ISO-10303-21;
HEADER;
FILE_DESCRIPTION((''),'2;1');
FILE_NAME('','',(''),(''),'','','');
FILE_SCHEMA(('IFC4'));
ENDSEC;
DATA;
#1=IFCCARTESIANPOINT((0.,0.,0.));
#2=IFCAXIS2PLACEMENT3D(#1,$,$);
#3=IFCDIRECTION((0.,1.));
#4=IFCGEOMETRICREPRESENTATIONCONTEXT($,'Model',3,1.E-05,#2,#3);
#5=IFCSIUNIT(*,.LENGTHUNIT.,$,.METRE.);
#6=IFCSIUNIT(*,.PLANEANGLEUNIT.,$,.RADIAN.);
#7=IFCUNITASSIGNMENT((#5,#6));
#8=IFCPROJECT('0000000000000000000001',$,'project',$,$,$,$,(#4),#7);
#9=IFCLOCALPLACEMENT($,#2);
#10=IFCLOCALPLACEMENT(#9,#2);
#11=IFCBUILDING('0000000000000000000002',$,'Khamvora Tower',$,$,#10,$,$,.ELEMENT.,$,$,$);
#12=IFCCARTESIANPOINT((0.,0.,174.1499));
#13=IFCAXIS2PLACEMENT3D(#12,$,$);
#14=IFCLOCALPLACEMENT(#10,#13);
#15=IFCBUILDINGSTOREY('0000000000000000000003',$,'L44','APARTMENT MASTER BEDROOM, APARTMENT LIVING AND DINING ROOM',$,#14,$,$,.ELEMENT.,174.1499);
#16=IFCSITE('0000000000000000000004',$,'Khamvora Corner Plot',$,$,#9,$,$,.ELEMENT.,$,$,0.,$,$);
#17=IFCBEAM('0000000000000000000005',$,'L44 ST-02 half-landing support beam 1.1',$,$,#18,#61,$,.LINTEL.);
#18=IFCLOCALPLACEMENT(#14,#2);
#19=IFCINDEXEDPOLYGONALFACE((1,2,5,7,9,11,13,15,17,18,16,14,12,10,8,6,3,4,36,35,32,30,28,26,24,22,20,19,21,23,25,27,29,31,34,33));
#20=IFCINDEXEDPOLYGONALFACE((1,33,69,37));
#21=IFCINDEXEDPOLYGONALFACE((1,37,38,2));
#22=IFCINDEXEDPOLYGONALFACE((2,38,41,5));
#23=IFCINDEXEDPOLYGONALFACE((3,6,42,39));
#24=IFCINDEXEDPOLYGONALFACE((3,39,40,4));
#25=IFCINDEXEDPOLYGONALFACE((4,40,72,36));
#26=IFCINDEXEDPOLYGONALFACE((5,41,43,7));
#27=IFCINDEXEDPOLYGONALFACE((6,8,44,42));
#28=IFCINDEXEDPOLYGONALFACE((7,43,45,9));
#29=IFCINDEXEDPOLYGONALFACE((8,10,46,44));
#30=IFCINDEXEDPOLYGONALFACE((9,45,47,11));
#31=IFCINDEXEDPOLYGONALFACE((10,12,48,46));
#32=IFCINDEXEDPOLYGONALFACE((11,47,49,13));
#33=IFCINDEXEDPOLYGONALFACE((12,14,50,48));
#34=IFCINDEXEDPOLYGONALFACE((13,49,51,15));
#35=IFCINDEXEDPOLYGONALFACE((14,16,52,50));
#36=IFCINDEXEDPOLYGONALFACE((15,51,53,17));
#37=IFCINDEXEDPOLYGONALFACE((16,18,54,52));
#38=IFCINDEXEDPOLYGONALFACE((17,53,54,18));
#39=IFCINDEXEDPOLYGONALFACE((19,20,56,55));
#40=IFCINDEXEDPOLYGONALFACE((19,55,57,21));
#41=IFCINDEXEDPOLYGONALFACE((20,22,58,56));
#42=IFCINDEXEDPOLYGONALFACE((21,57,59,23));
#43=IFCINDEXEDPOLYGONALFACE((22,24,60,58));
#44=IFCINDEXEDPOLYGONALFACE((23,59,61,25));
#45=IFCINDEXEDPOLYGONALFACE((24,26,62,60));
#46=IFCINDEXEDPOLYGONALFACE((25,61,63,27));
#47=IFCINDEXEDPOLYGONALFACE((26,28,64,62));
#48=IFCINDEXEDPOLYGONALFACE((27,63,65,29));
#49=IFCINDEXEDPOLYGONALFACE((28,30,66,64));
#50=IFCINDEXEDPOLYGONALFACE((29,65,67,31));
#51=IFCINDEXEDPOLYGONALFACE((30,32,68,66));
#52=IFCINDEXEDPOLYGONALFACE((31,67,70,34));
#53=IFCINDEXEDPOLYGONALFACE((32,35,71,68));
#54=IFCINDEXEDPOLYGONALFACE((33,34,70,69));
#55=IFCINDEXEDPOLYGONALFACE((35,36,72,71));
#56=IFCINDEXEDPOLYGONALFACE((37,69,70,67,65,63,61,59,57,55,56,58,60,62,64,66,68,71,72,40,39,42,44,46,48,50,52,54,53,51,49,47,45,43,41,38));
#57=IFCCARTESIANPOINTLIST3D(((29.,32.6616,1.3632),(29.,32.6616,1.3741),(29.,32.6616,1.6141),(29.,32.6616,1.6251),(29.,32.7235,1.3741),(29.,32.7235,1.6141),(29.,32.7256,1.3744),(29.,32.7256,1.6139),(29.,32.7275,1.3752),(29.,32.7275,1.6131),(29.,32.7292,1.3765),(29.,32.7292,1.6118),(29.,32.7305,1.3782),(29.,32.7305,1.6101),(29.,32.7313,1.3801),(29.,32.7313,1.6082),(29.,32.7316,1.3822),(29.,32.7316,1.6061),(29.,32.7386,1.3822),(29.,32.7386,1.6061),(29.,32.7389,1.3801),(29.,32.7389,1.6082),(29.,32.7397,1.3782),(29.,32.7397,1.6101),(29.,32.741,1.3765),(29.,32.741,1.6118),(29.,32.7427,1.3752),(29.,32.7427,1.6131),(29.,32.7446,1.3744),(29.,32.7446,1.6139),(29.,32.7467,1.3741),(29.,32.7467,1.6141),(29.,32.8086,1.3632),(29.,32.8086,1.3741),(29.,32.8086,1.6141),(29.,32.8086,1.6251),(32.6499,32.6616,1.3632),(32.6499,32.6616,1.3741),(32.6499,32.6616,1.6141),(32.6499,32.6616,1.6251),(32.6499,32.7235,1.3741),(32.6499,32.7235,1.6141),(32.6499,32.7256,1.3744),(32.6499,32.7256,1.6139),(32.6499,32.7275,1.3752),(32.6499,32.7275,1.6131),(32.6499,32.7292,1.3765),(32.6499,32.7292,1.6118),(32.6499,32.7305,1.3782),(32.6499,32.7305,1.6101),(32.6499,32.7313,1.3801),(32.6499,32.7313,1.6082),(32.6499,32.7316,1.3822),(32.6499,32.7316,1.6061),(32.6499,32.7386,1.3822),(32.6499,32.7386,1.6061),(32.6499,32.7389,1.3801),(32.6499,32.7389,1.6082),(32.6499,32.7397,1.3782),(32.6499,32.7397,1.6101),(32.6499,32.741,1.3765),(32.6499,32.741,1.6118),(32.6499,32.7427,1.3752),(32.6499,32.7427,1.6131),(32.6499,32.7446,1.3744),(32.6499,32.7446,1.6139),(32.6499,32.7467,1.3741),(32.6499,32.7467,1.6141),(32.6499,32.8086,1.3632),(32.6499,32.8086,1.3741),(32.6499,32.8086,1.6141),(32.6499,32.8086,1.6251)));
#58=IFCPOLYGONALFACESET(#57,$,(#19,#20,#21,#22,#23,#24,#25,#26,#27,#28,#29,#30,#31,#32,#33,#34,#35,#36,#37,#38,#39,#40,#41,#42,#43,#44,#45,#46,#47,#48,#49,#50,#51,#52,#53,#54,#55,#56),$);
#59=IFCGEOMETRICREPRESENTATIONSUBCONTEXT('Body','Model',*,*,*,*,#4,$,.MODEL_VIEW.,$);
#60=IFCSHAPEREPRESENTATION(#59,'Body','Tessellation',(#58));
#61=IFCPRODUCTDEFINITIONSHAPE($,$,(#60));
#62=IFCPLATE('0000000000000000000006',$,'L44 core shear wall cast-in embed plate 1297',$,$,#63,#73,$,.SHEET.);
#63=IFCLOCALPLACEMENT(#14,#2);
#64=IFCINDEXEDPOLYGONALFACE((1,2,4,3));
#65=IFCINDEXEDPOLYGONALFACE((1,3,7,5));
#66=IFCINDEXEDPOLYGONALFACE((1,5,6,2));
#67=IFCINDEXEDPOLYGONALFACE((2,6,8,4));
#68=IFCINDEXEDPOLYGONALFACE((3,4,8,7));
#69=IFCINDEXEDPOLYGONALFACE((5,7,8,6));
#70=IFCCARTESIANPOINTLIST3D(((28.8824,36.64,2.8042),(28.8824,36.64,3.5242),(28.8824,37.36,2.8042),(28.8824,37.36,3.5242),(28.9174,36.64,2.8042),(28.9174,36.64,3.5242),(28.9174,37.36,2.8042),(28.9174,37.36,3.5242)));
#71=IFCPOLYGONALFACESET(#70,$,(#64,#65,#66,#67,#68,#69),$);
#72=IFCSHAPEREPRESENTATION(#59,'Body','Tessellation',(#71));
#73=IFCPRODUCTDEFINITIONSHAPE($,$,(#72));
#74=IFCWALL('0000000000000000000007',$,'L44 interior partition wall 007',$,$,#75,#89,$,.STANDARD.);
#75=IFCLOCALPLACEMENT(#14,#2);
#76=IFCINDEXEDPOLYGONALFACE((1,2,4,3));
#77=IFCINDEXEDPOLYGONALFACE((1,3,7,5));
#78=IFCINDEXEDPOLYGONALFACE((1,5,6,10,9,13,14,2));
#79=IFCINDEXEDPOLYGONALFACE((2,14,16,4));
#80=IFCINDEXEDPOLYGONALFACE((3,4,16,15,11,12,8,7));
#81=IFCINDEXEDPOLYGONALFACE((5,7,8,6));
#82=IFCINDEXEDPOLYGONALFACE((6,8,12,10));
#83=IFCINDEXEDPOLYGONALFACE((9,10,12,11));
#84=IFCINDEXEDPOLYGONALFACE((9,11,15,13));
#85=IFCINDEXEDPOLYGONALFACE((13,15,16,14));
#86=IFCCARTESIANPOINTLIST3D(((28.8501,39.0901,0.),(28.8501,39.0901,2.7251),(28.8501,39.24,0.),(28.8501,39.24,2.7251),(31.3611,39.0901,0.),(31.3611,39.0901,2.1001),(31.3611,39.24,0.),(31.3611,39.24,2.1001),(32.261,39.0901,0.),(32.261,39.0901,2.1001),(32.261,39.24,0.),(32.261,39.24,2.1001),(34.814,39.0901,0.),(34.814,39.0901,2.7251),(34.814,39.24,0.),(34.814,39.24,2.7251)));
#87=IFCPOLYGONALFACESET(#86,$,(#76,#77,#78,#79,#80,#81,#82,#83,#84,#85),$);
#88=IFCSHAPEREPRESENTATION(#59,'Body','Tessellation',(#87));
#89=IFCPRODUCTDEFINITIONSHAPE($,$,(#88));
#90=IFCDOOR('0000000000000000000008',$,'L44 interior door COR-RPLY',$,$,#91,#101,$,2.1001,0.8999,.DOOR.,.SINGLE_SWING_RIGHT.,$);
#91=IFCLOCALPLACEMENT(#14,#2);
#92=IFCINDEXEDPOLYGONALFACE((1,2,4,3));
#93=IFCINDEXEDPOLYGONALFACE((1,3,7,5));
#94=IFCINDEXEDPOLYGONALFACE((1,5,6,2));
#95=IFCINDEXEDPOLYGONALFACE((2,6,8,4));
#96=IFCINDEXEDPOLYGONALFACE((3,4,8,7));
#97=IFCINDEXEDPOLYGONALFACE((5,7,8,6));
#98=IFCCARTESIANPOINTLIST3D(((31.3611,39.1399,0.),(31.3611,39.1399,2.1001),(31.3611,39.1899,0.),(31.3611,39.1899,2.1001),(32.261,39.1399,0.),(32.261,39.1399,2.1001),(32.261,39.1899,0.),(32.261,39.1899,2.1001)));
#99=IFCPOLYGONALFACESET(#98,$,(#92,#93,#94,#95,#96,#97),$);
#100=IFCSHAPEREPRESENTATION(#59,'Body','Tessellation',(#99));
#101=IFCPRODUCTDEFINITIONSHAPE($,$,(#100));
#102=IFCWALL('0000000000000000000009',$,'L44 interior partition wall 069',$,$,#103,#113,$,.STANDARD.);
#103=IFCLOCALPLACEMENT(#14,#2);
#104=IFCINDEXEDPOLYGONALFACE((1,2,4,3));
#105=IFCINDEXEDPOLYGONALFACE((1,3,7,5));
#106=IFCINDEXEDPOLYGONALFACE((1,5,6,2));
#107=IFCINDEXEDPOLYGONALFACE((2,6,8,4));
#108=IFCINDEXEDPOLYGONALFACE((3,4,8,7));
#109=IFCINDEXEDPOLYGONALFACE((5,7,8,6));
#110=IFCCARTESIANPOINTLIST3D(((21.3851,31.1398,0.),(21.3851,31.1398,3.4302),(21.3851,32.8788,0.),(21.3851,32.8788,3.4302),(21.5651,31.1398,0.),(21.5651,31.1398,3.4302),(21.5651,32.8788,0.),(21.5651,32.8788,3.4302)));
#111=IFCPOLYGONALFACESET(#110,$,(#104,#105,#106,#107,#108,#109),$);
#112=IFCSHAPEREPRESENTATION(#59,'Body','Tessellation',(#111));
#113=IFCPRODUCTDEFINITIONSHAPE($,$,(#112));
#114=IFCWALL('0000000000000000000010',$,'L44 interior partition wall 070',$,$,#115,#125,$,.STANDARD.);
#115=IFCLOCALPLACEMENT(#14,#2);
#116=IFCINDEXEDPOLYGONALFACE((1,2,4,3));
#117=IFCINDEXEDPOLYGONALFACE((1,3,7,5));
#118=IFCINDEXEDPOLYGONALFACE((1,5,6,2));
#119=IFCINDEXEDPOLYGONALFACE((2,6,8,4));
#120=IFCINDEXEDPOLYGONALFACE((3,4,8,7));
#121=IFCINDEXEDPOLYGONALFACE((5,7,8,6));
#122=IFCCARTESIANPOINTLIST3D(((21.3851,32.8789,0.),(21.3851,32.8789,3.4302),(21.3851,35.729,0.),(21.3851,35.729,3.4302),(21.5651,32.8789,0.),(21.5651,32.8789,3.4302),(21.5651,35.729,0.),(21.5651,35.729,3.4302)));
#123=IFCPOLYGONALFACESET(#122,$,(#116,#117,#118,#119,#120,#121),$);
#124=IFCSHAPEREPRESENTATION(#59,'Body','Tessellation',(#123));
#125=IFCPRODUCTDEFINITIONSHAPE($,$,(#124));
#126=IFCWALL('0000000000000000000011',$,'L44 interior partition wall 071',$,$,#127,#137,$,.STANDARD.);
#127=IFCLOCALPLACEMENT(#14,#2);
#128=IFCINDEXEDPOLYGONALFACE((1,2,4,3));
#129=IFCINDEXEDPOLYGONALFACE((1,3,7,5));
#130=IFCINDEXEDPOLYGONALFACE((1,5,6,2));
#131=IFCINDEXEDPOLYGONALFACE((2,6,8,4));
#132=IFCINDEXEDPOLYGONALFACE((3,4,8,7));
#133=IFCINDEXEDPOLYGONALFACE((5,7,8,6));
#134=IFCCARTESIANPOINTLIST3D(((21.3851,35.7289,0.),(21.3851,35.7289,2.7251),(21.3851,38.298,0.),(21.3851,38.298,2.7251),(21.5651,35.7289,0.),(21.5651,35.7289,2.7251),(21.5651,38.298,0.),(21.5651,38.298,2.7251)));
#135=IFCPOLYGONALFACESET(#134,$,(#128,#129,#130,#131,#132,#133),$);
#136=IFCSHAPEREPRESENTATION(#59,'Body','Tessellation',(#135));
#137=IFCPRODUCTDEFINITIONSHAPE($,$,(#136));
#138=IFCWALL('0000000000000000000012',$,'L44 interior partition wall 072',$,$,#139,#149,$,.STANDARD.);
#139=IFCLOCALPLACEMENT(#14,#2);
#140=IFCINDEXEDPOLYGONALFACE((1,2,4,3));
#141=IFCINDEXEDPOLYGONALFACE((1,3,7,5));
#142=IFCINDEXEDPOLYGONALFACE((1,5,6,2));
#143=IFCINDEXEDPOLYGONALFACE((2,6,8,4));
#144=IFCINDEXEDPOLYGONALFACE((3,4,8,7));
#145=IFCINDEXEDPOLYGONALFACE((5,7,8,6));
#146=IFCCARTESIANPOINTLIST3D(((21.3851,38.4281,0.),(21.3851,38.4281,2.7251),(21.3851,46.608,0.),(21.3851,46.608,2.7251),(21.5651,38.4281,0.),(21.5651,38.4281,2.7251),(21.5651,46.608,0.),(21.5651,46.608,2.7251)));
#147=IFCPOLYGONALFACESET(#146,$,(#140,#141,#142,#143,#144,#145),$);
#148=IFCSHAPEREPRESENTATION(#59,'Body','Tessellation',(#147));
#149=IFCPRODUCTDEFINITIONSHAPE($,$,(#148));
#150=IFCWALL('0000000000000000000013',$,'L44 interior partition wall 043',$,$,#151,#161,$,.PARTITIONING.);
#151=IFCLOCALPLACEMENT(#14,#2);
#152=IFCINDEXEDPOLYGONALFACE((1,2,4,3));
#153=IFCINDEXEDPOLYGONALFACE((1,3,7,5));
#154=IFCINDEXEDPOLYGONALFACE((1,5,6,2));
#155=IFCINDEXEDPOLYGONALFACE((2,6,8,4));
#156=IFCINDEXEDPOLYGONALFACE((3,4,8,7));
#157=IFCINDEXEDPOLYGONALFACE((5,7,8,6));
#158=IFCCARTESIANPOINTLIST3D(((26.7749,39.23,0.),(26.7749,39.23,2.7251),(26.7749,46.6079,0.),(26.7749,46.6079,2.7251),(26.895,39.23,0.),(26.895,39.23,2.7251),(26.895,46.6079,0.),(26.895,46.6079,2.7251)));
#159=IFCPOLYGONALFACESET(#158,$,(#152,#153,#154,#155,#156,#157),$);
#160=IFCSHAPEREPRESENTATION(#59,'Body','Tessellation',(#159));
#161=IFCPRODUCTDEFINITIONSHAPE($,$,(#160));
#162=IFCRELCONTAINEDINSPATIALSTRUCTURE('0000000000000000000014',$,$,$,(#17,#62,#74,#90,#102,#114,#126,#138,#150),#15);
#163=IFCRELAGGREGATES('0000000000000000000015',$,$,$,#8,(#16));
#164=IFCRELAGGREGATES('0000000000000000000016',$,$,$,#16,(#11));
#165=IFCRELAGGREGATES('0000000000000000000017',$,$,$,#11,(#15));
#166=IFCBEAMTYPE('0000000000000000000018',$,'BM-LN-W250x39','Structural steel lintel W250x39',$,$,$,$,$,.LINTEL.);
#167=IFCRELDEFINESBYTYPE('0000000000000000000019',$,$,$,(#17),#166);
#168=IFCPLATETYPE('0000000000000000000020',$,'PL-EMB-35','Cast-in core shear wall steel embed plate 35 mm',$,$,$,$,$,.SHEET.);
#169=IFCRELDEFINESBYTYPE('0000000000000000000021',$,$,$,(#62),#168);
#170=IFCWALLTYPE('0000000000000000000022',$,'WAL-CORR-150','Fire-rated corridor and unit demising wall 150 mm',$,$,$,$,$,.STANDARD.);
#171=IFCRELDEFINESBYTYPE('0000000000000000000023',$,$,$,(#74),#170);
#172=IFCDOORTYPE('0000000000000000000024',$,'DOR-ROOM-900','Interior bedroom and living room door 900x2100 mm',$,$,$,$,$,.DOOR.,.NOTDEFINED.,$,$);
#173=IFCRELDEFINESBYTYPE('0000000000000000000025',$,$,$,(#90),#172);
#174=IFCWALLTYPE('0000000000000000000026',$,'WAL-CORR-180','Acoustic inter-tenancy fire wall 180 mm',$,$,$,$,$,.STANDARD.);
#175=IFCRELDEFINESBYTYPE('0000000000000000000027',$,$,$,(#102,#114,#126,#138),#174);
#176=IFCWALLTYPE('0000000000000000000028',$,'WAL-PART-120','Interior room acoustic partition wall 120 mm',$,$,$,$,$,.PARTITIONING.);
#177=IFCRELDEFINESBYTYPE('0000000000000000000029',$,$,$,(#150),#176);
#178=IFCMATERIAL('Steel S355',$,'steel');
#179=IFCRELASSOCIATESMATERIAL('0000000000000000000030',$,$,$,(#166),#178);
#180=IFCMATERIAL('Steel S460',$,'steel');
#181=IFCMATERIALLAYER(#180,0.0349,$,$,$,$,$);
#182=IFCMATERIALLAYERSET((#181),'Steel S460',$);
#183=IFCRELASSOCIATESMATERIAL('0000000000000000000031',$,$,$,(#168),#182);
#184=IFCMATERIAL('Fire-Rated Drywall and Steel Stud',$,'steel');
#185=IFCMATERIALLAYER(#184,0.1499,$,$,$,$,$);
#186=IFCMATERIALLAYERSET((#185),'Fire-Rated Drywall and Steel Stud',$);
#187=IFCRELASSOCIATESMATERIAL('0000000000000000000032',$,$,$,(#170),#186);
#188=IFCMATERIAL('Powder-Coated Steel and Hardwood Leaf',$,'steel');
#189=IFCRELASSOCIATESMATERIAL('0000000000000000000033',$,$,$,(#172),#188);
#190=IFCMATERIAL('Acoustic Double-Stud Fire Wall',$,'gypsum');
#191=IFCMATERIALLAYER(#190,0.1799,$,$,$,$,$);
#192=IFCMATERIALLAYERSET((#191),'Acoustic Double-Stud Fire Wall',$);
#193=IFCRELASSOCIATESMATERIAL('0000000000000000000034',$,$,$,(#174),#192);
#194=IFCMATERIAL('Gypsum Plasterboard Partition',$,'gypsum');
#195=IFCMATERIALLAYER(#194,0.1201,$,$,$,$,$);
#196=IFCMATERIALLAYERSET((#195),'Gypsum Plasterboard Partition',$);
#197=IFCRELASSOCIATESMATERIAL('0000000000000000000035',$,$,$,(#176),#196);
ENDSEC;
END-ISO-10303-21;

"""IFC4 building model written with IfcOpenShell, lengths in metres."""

from ifc_helpers import new_model, si_unit, direction, frame, frame_2d, origin, origin_2d, place, context, subcontext, project, spatial, rectangle, i_section, extrude, material, layer, layer_set, material_profile, profile_set, type_object, element, fill, save


model = new_model("IFC4")

# Units and contexts
model_context = context("Model", 3, precision=1e-05, world=origin(), true_north=direction((0.0, 1.0)))
body_context = subcontext(model_context, "Body", "Model", "MODEL_VIEW")
ifc_project = project(units=[si_unit("LENGTHUNIT", "METRE"), si_unit("PLANEANGLEUNIT", "RADIAN")], contexts=[model_context])

# Site, building, storey
site_placement = place(None, origin())
site = spatial("IfcSite", under=ifc_project, at=site_placement, Name="Khamvora Corner Plot", CompositionType="ELEMENT", RefElevation=0.0)
building_placement = place(site_placement, origin())
building = spatial("IfcBuilding", under=site, at=building_placement, Name="Khamvora Tower", CompositionType="ELEMENT")
storey_placement = place(building_placement, frame((0.0, 0.0, 174.1499)))
storey = spatial("IfcBuildingStorey", under=building, at=storey_placement, Name="L44", Description="APARTMENT MASTER BEDROOM, APARTMENT LIVING AND DINING ROOM", CompositionType="ELEMENT", Elevation=174.1499)

# Beam
ifc_material_1 = material(Name="Steel S355", Category="steel")
ifc_material_profile = material_profile(ifc_material_1, i_section(OverallWidth=0.147, OverallDepth=0.262, WebThickness=0.0071, FlangeThickness=0.011, FilletRadius=0.0081, at=origin_2d()), Name="W250x39")
ifc_profile_set = profile_set([ifc_material_profile], Name="Steel S355")
beam_type = type_object("IfcBeamType", Name="BM-LN-W250x39", Description="Structural steel lintel W250x39", PredefinedType="LINTEL", material=ifc_profile_set)
beam_placement = place(storey_placement, frame((29.0, 32.7351, 1.4941), z_axis=(1.0, 0.0, 0.0), x_axis=(0.0, 1.0, 0.0)))
element("IfcBeam", 1, at=beam_placement, inside=storey, type_object=beam_type, Name="L44 ST-02 half-landing support beam 1.1", PredefinedType="LINTEL", context=body_context, shape_type="SweptSolid", body=[
    extrude(i_section(OverallWidth=0.147, OverallDepth=0.262, WebThickness=0.0071, FlangeThickness=0.011, FilletRadius=0.0081, at=origin_2d()), origin(), (0.0, 0.0, 1.0), 3.6499),
])

# Plate
ifc_material_2 = material(Name="Steel S460", Category="steel")
ifc_layer_1 = layer(ifc_material_2, 0.0349)
ifc_layer_set_1 = layer_set([ifc_layer_1], Name="Steel S460")
plate_type = type_object("IfcPlateType", Name="PL-EMB-35", Description="Cast-in core shear wall steel embed plate 35 mm", PredefinedType="SHEET", material=ifc_layer_set_1)
plate_placement = place(storey_placement, frame((28.8999, 37.0, 2.8042), z_axis=(0.0, 0.0, 1.0), x_axis=(1.0, 0.0, 0.0)))
element("IfcPlate", 2, at=plate_placement, inside=storey, type_object=plate_type, Name="L44 core shear wall cast-in embed plate 1297", PredefinedType="SHEET", context=body_context, shape_type="SweptSolid", body=[
    extrude(rectangle(XDim=0.0349, YDim=0.72, at=origin_2d()), origin(), (0.0, 0.0, 1.0), 0.72),
])

# Wall, opening, door
ifc_material_3 = material(Name="Fire-Rated Drywall and Steel Stud", Category="steel")
ifc_layer_2 = layer(ifc_material_3, 0.1499)
ifc_layer_set_2 = layer_set([ifc_layer_2], Name="Fire-Rated Drywall and Steel Stud")
wall_type_1 = type_object("IfcWallType", Name="WAL-CORR-150", Description="Fire-rated corridor and unit demising wall 150 mm", PredefinedType="STANDARD", material=ifc_layer_set_2)
wall_1_placement = place(storey_placement, frame((28.8501, 39.165, 0.0), z_axis=(0.0, 0.0, 1.0), x_axis=(1.0, 0.0, 0.0)))
wall_1 = element("IfcWall", 3, at=wall_1_placement, inside=storey, type_object=wall_type_1, Name="L44 interior partition wall 007", PredefinedType="STANDARD", context=body_context, shape_type="SweptSolid", body=[
    extrude(rectangle(XDim=5.9639, YDim=0.1499, at=frame_2d((2.9819, 0.0))), origin(), (0.0, 0.0, 1.0), 2.7251),
])
opening_1_placement = place(wall_1_placement, frame((2.511, 0.0, 0.0)))
opening_1 = element("IfcOpeningElement", 4, at=opening_1_placement, cuts=wall_1, PredefinedType="OPENING", context=body_context, shape_type="SweptSolid", body=[
    extrude(rectangle(XDim=0.8999, YDim=2.1001, at=frame_2d((0.45, 1.05))), frame((0.0, 0.085, 0.0), z_axis=(0.0, -1.0, 0.0), x_axis=(1.0, 0.0, 0.0)), (0.0, 0.0, 1.0), 0.1699),
])
ifc_material_4 = material(Name="Powder-Coated Steel and Hardwood Leaf", Category="steel")
door_type_1 = type_object("IfcDoorType", Name="DOR-ROOM-900", Description="Interior bedroom and living room door 900x2100 mm", OperationType="NOTDEFINED", PredefinedType="DOOR", material=ifc_material_4)
door_1_placement = place(opening_1_placement, origin())
door_1 = element("IfcDoor", 5, at=door_1_placement, inside=storey, type_object=door_type_1, Name="L44 interior door COR-RPLY", OperationType="SINGLE_SWING_RIGHT", OverallHeight=2.1001, OverallWidth=0.8999, PredefinedType="DOOR", context=body_context, shape_type="SweptSolid", body=[
    extrude(rectangle(XDim=0.8999, YDim=2.1001, at=frame_2d((0.45, 1.05))), frame((0.0, 0.0249, 0.0), z_axis=(0.0, -1.0, 0.0), x_axis=(1.0, 0.0, 0.0)), (0.0, 0.0, 1.0), 0.05),
])
fill(opening_1, door_1)

# Walls
ifc_material_5 = material(Name="Acoustic Double-Stud Fire Wall", Category="gypsum")
ifc_layer_3 = layer(ifc_material_5, 0.1799)
ifc_layer_set_3 = layer_set([ifc_layer_3], Name="Acoustic Double-Stud Fire Wall")
wall_type_2 = type_object("IfcWallType", Name="WAL-CORR-180", Description="Acoustic inter-tenancy fire wall 180 mm", PredefinedType="STANDARD", material=ifc_layer_set_3)
wall_2_placement = place(storey_placement, frame((21.4751, 32.8789, 0.0), z_axis=(0.0, 0.0, 1.0), x_axis=(0.0, -1.0, 0.0)))
element("IfcWall", 6, at=wall_2_placement, inside=storey, type_object=wall_type_2, Name="L44 interior partition wall 069", PredefinedType="STANDARD", context=body_context, shape_type="SweptSolid", body=[
    extrude(rectangle(XDim=1.739, YDim=0.1799, at=frame_2d((0.8696, 0.0))), origin(), (0.0, 0.0, 1.0), 3.4302),
])
wall_3_placement = place(storey_placement, frame((21.4751, 35.729, 0.0), z_axis=(0.0, 0.0, 1.0), x_axis=(0.0, -1.0, 0.0)))
element("IfcWall", 7, at=wall_3_placement, inside=storey, type_object=wall_type_2, Name="L44 interior partition wall 070", PredefinedType="STANDARD", context=body_context, shape_type="SweptSolid", body=[
    extrude(rectangle(XDim=2.8501, YDim=0.1799, at=frame_2d((1.425, 0.0))), origin(), (0.0, 0.0, 1.0), 3.4302),
])
wall_4_placement = place(storey_placement, frame((21.4751, 38.2981, 0.0), z_axis=(0.0, 0.0, 1.0), x_axis=(0.0, -1.0, 0.0)))
element("IfcWall", 8, at=wall_4_placement, inside=storey, type_object=wall_type_2, Name="L44 interior partition wall 071", PredefinedType="STANDARD", context=body_context, shape_type="SweptSolid", body=[
    extrude(rectangle(XDim=2.5691, YDim=0.1799, at=frame_2d((1.2847, 0.0))), origin(), (0.0, 0.0, 1.0), 2.7251),
])
wall_5_placement = place(storey_placement, frame((21.4751, 46.6079, 0.0), z_axis=(0.0, 0.0, 1.0), x_axis=(0.0, -1.0, 0.0)))
element("IfcWall", 9, at=wall_5_placement, inside=storey, type_object=wall_type_2, Name="L44 interior partition wall 072", PredefinedType="STANDARD", context=body_context, shape_type="SweptSolid", body=[
    extrude(rectangle(XDim=8.1799, YDim=0.1799, at=frame_2d((4.0898, 0.0))), origin(), (0.0, 0.0, 1.0), 2.7251),
])
ifc_material_6 = material(Name="Gypsum Plasterboard Partition", Category="gypsum")
ifc_layer_4 = layer(ifc_material_6, 0.1201)
ifc_layer_set_4 = layer_set([ifc_layer_4], Name="Gypsum Plasterboard Partition")
wall_type_3 = type_object("IfcWallType", Name="WAL-PART-120", Description="Interior room acoustic partition wall 120 mm", PredefinedType="PARTITIONING", material=ifc_layer_set_4)
wall_6_placement = place(storey_placement, frame((26.835, 39.23, 0.0), z_axis=(0.0, 0.0, 1.0), x_axis=(0.0, 1.0, 0.0)))
element("IfcWall", 10, at=wall_6_placement, inside=storey, type_object=wall_type_3, Name="L44 interior partition wall 043", PredefinedType="PARTITIONING", context=body_context, shape_type="SweptSolid", body=[
    extrude(rectangle(XDim=7.3779, YDim=0.1201, at=frame_2d((3.689, 0.0))), origin(), (0.0, 0.0, 1.0), 2.7251),
])

save(model, "model.ifc")
